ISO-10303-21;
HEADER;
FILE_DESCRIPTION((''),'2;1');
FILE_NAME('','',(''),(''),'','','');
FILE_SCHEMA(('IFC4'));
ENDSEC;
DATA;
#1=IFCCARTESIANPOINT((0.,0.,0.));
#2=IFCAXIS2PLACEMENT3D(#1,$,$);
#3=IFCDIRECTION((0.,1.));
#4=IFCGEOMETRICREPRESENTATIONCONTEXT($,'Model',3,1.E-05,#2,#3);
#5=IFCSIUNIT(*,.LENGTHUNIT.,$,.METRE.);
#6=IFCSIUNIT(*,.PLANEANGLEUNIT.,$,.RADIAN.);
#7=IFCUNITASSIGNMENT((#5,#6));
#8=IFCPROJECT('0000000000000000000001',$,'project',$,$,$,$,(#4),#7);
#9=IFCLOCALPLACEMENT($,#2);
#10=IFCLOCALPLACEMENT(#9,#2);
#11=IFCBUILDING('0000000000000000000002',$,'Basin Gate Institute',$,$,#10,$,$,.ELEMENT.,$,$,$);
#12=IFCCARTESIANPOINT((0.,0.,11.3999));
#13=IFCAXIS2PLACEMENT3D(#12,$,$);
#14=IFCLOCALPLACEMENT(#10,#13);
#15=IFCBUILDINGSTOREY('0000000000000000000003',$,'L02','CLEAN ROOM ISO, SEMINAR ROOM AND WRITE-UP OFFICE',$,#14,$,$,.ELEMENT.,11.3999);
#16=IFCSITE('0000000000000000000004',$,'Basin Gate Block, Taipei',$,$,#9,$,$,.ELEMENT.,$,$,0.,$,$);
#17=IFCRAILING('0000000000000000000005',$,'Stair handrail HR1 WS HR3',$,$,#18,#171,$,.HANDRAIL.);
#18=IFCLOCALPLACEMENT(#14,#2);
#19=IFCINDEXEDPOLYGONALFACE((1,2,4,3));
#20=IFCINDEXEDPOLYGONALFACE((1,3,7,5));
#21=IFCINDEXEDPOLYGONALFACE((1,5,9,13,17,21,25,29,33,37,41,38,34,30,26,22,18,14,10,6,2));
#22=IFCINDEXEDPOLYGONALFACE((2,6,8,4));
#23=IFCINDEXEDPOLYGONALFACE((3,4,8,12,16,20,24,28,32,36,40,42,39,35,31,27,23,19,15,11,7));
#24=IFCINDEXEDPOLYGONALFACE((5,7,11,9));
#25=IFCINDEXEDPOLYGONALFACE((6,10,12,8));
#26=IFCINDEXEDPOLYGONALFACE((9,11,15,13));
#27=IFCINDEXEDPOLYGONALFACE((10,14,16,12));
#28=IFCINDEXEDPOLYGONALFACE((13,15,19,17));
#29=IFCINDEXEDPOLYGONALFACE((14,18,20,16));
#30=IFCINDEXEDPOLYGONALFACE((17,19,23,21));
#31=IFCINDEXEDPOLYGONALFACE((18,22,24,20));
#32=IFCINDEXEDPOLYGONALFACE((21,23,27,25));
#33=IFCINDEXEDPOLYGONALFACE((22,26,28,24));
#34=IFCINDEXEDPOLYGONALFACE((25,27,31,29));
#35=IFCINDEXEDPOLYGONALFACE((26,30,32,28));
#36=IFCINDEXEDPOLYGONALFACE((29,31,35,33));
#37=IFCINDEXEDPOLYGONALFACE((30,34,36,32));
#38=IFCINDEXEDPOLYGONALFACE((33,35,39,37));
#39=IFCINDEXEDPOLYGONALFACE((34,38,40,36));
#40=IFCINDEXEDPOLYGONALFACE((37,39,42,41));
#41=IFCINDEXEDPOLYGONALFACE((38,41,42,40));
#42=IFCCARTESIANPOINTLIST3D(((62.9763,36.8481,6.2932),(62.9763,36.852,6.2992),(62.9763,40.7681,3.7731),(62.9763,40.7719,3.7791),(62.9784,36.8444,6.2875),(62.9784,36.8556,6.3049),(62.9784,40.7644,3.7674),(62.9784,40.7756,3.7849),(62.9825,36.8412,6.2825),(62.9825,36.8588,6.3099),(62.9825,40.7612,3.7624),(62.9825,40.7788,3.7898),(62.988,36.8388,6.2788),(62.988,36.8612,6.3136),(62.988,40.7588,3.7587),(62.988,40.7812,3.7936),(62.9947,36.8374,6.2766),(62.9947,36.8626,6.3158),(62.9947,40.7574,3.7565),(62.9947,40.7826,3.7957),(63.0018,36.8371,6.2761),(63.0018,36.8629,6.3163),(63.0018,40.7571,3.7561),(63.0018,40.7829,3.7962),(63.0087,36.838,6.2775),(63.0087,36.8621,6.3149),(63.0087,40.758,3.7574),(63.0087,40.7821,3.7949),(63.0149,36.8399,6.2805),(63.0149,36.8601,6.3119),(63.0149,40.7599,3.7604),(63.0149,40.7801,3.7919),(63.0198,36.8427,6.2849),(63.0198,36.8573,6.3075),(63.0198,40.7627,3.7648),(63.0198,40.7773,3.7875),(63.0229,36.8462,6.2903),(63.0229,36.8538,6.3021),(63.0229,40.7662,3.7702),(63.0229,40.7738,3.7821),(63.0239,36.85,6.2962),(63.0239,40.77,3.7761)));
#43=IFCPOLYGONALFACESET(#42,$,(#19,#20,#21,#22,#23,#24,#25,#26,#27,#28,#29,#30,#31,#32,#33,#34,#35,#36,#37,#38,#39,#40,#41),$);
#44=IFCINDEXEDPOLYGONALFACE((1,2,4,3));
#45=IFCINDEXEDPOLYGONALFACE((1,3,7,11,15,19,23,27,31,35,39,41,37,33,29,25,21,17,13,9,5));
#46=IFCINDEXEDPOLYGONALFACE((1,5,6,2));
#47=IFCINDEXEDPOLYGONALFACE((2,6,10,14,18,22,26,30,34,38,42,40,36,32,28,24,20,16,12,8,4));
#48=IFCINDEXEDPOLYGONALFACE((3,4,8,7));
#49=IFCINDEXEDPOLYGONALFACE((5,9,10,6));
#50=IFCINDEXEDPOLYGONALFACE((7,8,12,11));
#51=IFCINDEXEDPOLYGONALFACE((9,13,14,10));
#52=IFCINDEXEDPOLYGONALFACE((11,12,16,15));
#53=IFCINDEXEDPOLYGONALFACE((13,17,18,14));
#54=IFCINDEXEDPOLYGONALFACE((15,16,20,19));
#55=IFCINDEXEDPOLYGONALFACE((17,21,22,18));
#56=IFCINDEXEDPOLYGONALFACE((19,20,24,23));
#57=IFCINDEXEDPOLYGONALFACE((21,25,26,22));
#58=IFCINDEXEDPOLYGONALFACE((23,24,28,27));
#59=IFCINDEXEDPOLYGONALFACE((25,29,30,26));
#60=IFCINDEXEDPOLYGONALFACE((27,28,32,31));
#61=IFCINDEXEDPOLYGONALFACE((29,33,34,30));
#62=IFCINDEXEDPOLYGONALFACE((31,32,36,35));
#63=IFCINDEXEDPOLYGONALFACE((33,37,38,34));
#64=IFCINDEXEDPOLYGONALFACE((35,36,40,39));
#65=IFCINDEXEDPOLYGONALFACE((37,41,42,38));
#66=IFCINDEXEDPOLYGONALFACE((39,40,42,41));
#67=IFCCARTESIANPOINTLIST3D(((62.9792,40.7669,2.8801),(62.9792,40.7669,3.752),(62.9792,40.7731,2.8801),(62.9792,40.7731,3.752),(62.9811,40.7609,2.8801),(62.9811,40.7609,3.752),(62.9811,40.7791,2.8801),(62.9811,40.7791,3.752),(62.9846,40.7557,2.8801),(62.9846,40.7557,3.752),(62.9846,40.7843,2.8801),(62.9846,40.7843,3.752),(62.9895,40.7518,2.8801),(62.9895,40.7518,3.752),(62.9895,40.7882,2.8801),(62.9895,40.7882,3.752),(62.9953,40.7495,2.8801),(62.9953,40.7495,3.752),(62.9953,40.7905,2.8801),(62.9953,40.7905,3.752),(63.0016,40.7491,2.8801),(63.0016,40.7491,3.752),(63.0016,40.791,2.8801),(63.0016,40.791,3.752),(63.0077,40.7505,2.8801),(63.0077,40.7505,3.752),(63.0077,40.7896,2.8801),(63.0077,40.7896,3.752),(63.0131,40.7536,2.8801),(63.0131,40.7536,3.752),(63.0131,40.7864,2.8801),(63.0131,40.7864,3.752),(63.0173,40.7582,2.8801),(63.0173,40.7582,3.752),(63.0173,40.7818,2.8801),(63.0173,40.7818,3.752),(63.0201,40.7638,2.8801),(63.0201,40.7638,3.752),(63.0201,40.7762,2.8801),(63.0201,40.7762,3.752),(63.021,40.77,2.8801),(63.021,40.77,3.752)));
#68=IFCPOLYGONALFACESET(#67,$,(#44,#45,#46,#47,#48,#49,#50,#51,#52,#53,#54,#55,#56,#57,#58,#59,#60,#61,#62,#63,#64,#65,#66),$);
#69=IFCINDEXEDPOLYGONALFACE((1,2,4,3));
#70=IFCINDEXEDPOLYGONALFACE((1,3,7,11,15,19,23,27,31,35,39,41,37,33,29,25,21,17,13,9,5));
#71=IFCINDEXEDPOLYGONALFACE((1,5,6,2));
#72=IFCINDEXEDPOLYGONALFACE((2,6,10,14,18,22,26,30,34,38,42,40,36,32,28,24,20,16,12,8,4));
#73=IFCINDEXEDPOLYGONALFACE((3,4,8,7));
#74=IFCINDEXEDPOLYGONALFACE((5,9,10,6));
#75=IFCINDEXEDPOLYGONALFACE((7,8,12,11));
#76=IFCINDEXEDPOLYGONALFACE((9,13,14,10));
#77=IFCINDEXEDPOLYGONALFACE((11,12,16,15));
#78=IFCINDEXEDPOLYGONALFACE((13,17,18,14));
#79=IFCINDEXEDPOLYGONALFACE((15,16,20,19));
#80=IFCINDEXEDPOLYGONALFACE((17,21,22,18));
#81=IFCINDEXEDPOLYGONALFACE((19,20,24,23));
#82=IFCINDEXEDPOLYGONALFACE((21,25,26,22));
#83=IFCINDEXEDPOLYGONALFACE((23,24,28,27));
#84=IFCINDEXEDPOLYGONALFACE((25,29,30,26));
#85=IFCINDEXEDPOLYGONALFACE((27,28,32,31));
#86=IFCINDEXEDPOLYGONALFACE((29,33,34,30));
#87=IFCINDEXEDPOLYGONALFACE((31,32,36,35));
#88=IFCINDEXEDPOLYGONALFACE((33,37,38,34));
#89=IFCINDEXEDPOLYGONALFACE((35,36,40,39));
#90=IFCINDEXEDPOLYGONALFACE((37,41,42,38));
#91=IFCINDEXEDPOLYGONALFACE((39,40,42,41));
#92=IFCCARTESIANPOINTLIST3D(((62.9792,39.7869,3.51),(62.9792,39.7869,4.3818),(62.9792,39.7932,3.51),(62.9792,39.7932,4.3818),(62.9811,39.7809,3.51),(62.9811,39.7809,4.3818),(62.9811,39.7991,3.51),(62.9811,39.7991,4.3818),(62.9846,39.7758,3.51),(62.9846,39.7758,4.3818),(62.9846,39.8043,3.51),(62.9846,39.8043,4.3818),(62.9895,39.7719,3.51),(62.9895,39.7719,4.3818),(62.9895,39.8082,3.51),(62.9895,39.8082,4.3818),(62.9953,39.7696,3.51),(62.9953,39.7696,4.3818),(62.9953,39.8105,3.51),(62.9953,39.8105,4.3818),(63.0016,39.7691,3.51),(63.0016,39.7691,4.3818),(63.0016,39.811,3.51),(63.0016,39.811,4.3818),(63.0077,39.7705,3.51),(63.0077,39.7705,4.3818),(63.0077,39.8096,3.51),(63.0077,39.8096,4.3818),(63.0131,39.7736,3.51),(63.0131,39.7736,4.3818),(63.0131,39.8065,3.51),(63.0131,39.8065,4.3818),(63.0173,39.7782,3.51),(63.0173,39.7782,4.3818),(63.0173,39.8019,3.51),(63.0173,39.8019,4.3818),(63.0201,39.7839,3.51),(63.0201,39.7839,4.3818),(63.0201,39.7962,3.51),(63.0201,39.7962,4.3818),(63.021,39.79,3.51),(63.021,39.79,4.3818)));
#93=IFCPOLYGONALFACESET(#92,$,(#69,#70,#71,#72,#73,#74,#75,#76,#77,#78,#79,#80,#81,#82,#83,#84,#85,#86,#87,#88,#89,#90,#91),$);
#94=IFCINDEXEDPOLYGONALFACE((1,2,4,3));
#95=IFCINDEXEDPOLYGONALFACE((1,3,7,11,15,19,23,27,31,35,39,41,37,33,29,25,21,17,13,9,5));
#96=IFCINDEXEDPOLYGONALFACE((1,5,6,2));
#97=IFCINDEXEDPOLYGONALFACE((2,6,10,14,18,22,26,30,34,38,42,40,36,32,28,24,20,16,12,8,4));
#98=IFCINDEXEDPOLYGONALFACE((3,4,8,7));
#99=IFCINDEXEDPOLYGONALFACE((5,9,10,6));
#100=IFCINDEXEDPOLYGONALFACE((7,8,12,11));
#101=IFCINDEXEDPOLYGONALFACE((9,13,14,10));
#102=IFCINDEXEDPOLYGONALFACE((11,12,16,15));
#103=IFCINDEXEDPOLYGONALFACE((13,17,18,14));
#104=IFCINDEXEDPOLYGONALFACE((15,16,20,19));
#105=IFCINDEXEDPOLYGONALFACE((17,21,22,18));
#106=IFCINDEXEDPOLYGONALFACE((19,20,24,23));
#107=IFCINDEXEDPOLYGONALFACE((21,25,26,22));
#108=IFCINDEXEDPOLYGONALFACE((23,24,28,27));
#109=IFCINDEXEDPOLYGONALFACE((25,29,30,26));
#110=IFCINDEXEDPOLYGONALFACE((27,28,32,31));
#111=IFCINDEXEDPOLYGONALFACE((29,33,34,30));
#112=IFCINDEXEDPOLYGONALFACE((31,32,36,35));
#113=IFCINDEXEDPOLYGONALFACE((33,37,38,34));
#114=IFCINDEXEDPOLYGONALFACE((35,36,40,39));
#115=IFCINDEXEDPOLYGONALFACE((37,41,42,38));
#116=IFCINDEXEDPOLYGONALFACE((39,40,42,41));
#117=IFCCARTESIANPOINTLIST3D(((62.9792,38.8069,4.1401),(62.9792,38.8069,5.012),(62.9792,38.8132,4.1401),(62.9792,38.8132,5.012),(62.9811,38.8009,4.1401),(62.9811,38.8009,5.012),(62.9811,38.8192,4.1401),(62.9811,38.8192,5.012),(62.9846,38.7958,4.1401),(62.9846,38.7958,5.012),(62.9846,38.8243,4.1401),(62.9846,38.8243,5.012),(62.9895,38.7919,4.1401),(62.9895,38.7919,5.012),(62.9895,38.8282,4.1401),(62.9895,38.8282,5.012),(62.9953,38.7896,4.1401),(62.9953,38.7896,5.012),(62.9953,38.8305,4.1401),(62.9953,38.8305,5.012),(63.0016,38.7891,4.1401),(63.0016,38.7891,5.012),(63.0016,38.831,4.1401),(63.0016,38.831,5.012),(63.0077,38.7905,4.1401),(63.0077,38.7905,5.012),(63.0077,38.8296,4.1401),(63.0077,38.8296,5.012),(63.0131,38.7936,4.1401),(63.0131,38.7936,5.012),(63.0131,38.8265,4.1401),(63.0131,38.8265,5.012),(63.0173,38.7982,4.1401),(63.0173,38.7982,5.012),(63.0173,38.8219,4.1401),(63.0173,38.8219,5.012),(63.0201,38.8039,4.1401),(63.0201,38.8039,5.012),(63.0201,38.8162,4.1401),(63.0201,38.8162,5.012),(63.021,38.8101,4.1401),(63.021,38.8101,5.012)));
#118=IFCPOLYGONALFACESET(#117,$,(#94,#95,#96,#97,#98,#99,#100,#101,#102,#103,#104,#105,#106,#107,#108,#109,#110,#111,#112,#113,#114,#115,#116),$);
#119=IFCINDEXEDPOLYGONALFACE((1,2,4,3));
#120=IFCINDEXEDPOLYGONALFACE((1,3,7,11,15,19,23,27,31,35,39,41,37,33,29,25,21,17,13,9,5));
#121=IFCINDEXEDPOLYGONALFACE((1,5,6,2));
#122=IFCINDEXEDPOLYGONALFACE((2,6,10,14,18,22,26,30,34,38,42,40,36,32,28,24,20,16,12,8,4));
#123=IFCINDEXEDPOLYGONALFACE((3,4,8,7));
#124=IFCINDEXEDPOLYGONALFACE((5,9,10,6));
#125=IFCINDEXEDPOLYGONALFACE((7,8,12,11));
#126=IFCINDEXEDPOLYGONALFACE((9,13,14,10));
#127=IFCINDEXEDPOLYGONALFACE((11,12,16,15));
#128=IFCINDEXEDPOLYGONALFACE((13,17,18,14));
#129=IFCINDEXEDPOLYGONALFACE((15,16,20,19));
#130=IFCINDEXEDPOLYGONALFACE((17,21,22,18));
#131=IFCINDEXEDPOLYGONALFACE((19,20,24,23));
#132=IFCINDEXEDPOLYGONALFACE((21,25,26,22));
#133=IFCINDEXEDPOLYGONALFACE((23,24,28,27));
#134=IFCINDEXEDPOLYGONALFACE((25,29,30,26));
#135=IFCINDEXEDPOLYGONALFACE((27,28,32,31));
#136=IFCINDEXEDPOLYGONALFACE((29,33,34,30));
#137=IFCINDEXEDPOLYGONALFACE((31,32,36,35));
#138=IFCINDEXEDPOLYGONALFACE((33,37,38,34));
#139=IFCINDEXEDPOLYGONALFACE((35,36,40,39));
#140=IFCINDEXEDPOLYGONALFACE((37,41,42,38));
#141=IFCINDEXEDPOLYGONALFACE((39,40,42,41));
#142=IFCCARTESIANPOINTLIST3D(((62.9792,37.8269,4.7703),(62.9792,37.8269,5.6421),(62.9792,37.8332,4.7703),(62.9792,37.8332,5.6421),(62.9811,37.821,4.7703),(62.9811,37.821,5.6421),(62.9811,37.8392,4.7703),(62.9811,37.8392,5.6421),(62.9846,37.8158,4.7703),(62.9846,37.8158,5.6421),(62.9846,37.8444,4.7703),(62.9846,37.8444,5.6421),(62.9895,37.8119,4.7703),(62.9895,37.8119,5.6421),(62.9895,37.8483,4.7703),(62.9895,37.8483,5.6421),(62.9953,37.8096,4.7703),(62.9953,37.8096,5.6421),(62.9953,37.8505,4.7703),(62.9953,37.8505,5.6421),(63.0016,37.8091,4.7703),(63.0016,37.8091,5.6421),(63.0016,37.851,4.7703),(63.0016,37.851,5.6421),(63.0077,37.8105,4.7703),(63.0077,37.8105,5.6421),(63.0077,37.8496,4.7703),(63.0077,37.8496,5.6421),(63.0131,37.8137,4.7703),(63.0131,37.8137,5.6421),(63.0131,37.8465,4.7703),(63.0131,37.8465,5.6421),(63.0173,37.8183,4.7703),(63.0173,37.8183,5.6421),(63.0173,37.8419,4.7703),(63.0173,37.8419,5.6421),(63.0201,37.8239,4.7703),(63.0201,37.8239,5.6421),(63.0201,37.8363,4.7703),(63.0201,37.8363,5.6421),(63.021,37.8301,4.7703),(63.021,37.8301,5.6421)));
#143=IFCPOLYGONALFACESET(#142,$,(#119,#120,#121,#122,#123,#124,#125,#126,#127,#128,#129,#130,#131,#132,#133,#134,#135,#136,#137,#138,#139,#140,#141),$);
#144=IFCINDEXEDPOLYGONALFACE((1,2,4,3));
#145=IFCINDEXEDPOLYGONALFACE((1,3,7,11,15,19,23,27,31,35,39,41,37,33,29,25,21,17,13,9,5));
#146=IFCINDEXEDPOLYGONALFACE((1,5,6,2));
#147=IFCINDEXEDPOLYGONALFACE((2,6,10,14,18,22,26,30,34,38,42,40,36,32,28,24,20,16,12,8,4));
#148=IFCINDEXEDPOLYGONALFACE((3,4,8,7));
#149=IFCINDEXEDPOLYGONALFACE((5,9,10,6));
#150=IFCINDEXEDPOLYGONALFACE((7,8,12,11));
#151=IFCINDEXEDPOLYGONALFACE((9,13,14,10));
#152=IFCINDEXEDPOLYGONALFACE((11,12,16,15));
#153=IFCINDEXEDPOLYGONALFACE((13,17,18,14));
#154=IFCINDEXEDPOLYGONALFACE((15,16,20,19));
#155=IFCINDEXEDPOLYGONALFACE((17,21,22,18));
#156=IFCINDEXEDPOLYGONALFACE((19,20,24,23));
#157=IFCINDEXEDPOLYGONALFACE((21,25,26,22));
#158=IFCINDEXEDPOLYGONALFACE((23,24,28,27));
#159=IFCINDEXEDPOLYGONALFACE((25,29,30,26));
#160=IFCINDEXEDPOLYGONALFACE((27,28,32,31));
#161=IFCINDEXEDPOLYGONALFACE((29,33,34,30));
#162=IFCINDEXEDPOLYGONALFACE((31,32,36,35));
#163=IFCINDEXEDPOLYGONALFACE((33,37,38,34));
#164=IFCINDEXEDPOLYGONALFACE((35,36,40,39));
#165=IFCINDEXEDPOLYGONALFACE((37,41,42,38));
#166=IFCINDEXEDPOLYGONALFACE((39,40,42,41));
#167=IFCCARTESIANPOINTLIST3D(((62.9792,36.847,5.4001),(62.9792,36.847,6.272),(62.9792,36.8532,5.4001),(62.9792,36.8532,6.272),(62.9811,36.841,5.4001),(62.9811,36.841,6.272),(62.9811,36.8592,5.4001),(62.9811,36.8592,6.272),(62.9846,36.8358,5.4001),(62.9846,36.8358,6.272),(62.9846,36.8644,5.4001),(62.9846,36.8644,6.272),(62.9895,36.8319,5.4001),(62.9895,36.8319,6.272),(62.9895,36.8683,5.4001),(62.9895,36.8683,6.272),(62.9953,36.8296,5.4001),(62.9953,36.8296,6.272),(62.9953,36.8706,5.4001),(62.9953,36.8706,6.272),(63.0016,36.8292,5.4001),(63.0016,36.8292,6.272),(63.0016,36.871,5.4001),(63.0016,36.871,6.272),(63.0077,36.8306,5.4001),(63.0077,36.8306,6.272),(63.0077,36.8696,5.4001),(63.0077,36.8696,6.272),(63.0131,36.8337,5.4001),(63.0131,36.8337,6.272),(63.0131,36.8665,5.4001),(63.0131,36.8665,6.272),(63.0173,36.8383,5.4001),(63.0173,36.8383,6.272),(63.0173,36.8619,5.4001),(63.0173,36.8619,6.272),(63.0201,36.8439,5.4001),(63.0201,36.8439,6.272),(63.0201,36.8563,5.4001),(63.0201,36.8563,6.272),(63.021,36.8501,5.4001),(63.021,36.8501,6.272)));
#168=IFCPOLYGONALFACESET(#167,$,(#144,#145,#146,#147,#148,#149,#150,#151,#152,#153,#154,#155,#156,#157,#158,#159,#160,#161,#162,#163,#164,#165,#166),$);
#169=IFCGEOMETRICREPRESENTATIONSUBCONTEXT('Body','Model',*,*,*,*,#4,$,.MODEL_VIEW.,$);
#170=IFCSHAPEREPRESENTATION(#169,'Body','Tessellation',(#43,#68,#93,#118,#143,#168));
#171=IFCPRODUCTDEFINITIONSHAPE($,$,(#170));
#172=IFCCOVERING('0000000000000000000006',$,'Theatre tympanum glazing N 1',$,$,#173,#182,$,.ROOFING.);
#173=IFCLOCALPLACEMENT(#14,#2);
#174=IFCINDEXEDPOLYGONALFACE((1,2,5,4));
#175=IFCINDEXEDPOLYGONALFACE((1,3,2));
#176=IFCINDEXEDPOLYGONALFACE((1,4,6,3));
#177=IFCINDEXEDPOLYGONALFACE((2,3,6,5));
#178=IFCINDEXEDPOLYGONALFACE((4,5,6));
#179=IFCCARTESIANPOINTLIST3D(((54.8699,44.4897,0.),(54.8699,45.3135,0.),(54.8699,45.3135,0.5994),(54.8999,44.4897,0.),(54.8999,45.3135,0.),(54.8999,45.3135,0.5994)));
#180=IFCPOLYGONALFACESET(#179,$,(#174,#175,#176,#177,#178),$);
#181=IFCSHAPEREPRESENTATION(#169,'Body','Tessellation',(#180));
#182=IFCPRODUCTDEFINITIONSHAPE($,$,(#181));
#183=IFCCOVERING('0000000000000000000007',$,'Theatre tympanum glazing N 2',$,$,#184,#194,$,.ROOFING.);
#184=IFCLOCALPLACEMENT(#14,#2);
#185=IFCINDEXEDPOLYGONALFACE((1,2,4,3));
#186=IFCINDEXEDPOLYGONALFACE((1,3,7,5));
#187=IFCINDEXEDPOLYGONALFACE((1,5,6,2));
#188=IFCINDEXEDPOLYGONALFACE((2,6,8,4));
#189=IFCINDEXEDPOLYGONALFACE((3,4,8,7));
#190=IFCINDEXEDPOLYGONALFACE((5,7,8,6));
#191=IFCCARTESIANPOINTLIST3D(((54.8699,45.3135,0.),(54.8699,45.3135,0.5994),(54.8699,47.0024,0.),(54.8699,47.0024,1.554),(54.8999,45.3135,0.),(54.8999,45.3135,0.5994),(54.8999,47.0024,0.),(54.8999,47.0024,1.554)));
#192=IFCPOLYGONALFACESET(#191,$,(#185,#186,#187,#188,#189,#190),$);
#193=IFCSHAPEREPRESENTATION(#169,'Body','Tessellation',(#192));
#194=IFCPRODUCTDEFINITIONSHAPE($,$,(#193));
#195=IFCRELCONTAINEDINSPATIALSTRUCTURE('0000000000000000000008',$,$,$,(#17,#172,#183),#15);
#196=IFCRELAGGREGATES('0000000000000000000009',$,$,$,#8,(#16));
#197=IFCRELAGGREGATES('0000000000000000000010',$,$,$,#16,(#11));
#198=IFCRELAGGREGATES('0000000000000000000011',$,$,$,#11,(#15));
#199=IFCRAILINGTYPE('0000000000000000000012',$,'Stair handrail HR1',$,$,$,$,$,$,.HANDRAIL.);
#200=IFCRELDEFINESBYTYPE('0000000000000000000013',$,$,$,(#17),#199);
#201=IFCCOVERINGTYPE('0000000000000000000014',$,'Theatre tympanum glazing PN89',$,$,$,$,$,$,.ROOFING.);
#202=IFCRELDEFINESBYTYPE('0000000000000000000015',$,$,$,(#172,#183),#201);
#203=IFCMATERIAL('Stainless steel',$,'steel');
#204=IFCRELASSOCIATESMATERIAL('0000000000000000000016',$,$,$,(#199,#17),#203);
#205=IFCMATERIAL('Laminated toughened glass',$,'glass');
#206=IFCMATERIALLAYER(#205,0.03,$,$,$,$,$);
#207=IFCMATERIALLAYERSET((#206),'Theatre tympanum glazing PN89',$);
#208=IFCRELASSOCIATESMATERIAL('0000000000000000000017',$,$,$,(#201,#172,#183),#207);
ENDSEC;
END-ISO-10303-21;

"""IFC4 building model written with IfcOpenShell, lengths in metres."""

from ifc_helpers import new_model, si_unit, direction, frame, origin, origin_2d, place, context, subcontext, project, spatial, polyline, circle, outline, extrude, material, layer, layer_set, type_object, element, save


model = new_model("IFC4")

# Units and contexts
model_context = context("Model", 3, precision=1e-05, world=origin(), true_north=direction((0.0, 1.0)))
body_context = subcontext(model_context, "Body", "Model", "MODEL_VIEW")
ifc_project = project(units=[si_unit("LENGTHUNIT", "METRE"), si_unit("PLANEANGLEUNIT", "RADIAN")], contexts=[model_context])

# Site, building, storey
site_placement = place(None, origin())
site = spatial("IfcSite", under=ifc_project, at=site_placement, Name="Basin Gate Block, Taipei", CompositionType="ELEMENT", RefElevation=0.0)
building_placement = place(site_placement, origin())
building = spatial("IfcBuilding", under=site, at=building_placement, Name="Basin Gate Institute", CompositionType="ELEMENT")
storey_placement = place(building_placement, frame((0.0, 0.0, 11.3999)))
storey = spatial("IfcBuildingStorey", under=building, at=storey_placement, Name="L02", Description="CLEAN ROOM ISO, SEMINAR ROOM AND WRITE-UP OFFICE", CompositionType="ELEMENT", Elevation=11.3999)

# Railing
ifc_material_1 = material(Name="Stainless steel", Category="steel")
railing_type_1 = type_object("IfcRailingType", Name="Stair handrail HR1", PredefinedType="HANDRAIL", material=ifc_material_1)
railing_1_placement = place(storey_placement, frame((63.0, 40.77, 2.8801)))
element("IfcRailing", 1, at=railing_1_placement, inside=storey, type_object=railing_type_1, material=ifc_material_1, Name="Stair handrail HR1 WS HR3", PredefinedType="HANDRAIL", context=body_context, shape_type="SweptSolid", body=[
    extrude(circle(Radius=0.0239, at=origin_2d()), frame((0.0, 0.0, 0.896), z_axis=(0.0, -0.841172, 0.540768), x_axis=(1.0, 0.0, 0.0)), (0.0, 0.0, 1.0), 4.6602),
    extrude(circle(Radius=0.021, at=origin_2d()), origin(), (0.0, 0.0, 1.0), 0.8718),
    extrude(circle(Radius=0.021, at=origin_2d()), frame((0.0, -0.98, 0.6299)), (0.0, 0.0, 1.0), 0.8718),
    extrude(circle(Radius=0.021, at=origin_2d()), frame((0.0, -1.96, 1.26)), (0.0, 0.0, 1.0), 0.8718),
    extrude(circle(Radius=0.021, at=origin_2d()), frame((0.0, -2.9399, 1.8901)), (0.0, 0.0, 1.0), 0.8718),
    extrude(circle(Radius=0.021, at=origin_2d()), frame((0.0, -3.9199, 2.52)), (0.0, 0.0, 1.0), 0.8718),
])

# Coverings
ifc_material_2 = material(Name="Laminated toughened glass", Category="glass")
ifc_layer_1 = layer(ifc_material_2, 0.03)
ifc_layer_set_1 = layer_set([ifc_layer_1], Name="Theatre tympanum glazing PN89")
covering_type = type_object("IfcCoveringType", Name="Theatre tympanum glazing PN89", PredefinedType="ROOFING", material=ifc_layer_set_1)
covering_1_placement = place(storey_placement, frame((54.8999, 44.4897, 0.0), z_axis=(1.0, 0.0, 0.0), x_axis=(0.0, 1.0, 0.0)))
element("IfcCovering", 2, at=covering_1_placement, inside=storey, type_object=covering_type, material=ifc_layer_set_1, Name="Theatre tympanum glazing N 1", PredefinedType="ROOFING", context=body_context, shape_type="SweptSolid", body=[
    extrude(outline(polyline([(0.0, 0.0), (0.8237, 0.0), (0.8237, 0.5994), (0.0, 0.0)])), origin(), (0.0, 0.0, -1.0), 0.03),
])
covering_2_placement = place(storey_placement, frame((54.8999, 45.3135, 0.0), z_axis=(1.0, 0.0, 0.0), x_axis=(0.0, 1.0, 0.0)))
element("IfcCovering", 3, at=covering_2_placement, inside=storey, type_object=covering_type, material=ifc_layer_set_1, Name="Theatre tympanum glazing N 2", PredefinedType="ROOFING", context=body_context, shape_type="SweptSolid", body=[
    extrude(outline(polyline([(0.0, 0.0), (1.689, 0.0), (1.689, 1.554), (0.0, 0.5994), (0.0, 0.0)])), origin(), (0.0, 0.0, -1.0), 0.03),
])

save(model, "model.ifc")
